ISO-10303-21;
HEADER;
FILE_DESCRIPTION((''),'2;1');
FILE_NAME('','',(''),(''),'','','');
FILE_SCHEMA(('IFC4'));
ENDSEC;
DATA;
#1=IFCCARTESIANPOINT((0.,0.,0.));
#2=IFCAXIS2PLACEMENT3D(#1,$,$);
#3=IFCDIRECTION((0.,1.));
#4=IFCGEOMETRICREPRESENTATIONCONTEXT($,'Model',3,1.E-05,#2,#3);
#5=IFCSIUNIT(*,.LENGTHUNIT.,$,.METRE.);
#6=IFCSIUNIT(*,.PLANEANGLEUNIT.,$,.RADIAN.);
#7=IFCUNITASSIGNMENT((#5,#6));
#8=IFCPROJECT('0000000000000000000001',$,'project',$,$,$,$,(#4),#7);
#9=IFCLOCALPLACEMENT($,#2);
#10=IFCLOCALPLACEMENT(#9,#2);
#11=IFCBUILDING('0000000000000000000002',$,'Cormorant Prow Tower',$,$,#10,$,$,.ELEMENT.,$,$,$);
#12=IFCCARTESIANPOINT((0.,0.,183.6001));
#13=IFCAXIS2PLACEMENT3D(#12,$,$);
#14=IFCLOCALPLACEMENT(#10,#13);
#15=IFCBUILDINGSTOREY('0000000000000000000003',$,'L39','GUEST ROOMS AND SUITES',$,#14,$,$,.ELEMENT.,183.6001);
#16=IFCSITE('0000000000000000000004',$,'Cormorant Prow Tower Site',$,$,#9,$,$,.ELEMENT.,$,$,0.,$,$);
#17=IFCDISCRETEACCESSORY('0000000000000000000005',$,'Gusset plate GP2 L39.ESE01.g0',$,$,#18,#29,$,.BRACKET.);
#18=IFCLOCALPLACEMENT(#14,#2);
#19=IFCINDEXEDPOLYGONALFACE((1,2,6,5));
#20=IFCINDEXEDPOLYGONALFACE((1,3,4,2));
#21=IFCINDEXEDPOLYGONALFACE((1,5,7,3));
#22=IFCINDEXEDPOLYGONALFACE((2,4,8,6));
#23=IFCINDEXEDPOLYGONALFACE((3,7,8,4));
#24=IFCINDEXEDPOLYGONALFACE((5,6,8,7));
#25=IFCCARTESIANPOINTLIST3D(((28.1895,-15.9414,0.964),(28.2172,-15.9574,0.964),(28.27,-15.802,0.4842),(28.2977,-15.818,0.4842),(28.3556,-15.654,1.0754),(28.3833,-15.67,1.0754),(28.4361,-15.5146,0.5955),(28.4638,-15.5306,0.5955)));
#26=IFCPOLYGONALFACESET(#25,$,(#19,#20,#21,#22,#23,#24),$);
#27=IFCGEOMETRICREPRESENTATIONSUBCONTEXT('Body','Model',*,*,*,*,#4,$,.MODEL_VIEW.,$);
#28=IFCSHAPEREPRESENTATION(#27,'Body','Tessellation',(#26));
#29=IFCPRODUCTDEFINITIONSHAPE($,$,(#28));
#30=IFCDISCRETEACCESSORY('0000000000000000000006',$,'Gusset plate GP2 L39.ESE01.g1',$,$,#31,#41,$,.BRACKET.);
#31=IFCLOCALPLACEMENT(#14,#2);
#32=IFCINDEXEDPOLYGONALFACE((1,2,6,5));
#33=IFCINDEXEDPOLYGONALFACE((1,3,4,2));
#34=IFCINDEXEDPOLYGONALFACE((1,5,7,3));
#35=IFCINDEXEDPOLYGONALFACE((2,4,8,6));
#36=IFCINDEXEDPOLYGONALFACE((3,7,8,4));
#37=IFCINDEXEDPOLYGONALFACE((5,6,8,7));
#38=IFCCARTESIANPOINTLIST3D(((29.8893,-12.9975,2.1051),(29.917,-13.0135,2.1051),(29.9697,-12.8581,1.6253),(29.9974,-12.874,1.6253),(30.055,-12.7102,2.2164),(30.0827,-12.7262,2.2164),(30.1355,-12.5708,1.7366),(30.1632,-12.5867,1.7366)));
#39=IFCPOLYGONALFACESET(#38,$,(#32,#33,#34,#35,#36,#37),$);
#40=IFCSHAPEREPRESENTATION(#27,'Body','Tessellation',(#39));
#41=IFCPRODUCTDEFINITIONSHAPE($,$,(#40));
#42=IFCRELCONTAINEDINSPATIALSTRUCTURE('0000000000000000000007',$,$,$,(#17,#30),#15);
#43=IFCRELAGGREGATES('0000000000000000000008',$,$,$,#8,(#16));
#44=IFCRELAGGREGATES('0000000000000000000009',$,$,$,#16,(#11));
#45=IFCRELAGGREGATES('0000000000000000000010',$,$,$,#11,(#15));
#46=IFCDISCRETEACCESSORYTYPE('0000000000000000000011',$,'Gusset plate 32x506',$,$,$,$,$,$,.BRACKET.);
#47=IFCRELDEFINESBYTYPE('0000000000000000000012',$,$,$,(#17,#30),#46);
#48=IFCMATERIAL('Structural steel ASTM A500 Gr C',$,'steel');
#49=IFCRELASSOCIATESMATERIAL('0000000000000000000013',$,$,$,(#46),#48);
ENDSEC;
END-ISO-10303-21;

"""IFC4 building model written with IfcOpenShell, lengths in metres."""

from ifc_helpers import new_model, si_unit, direction, frame, origin, origin_2d, place, context, subcontext, project, spatial, rectangle, extrude, material, material_profile, profile_set, type_object, element, save


model = new_model("IFC4")

# Units and contexts
model_context = context("Model", 3, precision=1e-05, world=origin(), true_north=direction((0.0, 1.0)))
body_context = subcontext(model_context, "Body", "Model", "MODEL_VIEW")
ifc_project = project(units=[si_unit("LENGTHUNIT", "METRE"), si_unit("PLANEANGLEUNIT", "RADIAN")], contexts=[model_context])

# Site, building, storey
site_placement = place(None, origin())
site = spatial("IfcSite", under=ifc_project, at=site_placement, Name="Cormorant Prow Tower Site", CompositionType="ELEMENT", RefElevation=0.0)
building_placement = place(site_placement, origin())
building = spatial("IfcBuilding", under=site, at=building_placement, Name="Cormorant Prow Tower", CompositionType="ELEMENT")
storey_placement = place(building_placement, frame((0.0, 0.0, 183.6001)))
storey = spatial("IfcBuildingStorey", under=building, at=storey_placement, Name="L39", Description="GUEST ROOMS AND SUITES", CompositionType="ELEMENT", Elevation=183.6001)

# Discrete accessories
ifc_material_1 = material(Name="Structural steel ASTM A500 Gr C", Category="steel")
ifc_material_profile_1 = material_profile(ifc_material_1, rectangle(XDim=0.032, YDim=0.5061, at=origin_2d()), Name="Gusset plate 32x506")
ifc_profile_set_1 = profile_set([ifc_material_profile_1], Name="Structural steel ASTM A500 Gr C")
discrete_accessory_type = type_object("IfcDiscreteAccessoryType", Name="Gusset plate 32x506", PredefinedType="BRACKET", material=ifc_profile_set_1)
for number, where, z_axis, x_axis, name in (
    (1, (28.4097, -15.5923, 0.8354), (-0.474278, -0.820919, -0.318045), (0.865879, -0.500253, 0.0), "Gusset plate GP2 L39.ESE01.g0"),
):
    element("IfcDiscreteAccessory", number, at=place(storey_placement, frame(where, z_axis=z_axis, x_axis=x_axis)), inside=storey, type_object=discrete_accessory_type, Name=name, PredefinedType="BRACKET", context=body_context, shape_type="SweptSolid", body=[
        extrude(rectangle(XDim=0.032, YDim=0.5061, at=origin_2d()), origin(), (0.0, 0.0, 1.0), 0.3501),
    ])
discrete_accessory_1_placement = place(storey_placement, frame((29.9434, -12.9358, 1.8652), z_axis=(0.473737, 0.82119, 0.31815), x_axis=(-0.866198, 0.499701, 0.0)))
element("IfcDiscreteAccessory", 2, at=discrete_accessory_1_placement, inside=storey, type_object=discrete_accessory_type, Name="Gusset plate GP2 L39.ESE01.g1", PredefinedType="BRACKET", context=body_context, shape_type="SweptSolid", body=[
    extrude(rectangle(XDim=0.032, YDim=0.5061, at=origin_2d()), origin(), (0.0, 0.0, 1.0), 0.3499),
])

save(model, "model.ifc")
